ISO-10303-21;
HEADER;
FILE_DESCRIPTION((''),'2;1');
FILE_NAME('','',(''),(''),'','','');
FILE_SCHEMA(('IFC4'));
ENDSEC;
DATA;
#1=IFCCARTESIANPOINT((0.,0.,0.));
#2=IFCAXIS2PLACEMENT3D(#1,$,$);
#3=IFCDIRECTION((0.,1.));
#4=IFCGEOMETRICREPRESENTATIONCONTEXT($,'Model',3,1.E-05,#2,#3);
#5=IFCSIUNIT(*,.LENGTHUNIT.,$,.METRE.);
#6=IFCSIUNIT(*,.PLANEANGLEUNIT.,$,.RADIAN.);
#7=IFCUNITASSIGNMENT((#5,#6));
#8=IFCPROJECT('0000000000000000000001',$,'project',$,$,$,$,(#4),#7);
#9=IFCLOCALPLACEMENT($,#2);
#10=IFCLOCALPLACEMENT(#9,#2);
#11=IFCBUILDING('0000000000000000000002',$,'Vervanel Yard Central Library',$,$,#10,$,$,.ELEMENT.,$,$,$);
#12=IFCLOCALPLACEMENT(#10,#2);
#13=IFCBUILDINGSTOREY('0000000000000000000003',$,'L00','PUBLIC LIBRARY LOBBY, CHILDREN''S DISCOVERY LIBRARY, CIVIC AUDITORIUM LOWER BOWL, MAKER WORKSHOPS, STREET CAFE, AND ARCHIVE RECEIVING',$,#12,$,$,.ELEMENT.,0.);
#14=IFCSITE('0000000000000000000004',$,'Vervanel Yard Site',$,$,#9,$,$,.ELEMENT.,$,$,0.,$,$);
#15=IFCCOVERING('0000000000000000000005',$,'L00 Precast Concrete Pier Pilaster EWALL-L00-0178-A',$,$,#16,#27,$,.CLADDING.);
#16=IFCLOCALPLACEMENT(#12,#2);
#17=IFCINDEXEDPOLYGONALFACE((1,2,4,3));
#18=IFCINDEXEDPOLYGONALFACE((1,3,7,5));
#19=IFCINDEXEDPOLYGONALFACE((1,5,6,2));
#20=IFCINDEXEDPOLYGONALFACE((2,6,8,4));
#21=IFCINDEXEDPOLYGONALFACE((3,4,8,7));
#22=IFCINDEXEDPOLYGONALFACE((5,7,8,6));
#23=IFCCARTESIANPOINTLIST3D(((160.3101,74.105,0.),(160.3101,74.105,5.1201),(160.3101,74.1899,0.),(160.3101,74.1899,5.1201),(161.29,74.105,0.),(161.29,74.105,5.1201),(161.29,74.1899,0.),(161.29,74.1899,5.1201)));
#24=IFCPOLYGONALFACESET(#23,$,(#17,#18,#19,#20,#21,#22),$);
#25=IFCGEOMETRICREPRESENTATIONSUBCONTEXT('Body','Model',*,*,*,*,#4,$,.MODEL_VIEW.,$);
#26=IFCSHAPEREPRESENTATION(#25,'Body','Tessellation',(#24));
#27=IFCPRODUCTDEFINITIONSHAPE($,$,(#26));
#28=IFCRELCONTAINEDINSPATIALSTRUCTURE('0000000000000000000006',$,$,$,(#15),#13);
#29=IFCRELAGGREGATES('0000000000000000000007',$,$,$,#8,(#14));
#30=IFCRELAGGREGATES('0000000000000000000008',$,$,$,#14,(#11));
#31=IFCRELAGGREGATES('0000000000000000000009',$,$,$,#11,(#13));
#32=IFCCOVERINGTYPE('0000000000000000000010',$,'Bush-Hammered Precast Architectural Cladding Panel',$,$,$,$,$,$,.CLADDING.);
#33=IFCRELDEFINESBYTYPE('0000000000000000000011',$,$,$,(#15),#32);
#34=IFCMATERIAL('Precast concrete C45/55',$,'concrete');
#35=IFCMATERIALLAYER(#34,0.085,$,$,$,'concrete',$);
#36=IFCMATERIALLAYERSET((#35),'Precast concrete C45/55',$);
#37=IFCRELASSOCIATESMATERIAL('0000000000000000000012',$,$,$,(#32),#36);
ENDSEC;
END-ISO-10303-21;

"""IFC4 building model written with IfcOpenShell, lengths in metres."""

from ifc_helpers import new_model, si_unit, direction, frame, origin, origin_2d, place, context, subcontext, project, spatial, rectangle, extrude, material, layer, layer_set, type_object, element, save


model = new_model("IFC4")

# Units and contexts
model_context = context("Model", 3, precision=1e-05, world=origin(), true_north=direction((0.0, 1.0)))
body_context = subcontext(model_context, "Body", "Model", "MODEL_VIEW")
ifc_project = project(units=[si_unit("LENGTHUNIT", "METRE"), si_unit("PLANEANGLEUNIT", "RADIAN")], contexts=[model_context])

# Site, building, storey
site_placement = place(None, origin())
site = spatial("IfcSite", under=ifc_project, at=site_placement, Name="Vervanel Yard Site", CompositionType="ELEMENT", RefElevation=0.0)
building_placement = place(site_placement, origin())
building = spatial("IfcBuilding", under=site, at=building_placement, Name="Vervanel Yard Central Library", CompositionType="ELEMENT")
storey_placement = place(building_placement, origin())
storey = spatial("IfcBuildingStorey", under=building, at=storey_placement, Name="L00", Description="PUBLIC LIBRARY LOBBY, CHILDREN'S DISCOVERY LIBRARY, CIVIC AUDITORIUM LOWER BOWL, MAKER WORKSHOPS, STREET CAFE, AND ARCHIVE RECEIVING", CompositionType="ELEMENT", Elevation=0.0)

# Covering
ifc_material_1 = material(Name="Precast concrete C45/55", Category="concrete")
ifc_layer_1 = layer(ifc_material_1, 0.085, Category="concrete")
ifc_layer_set_1 = layer_set([ifc_layer_1], Name="Precast concrete C45/55")
covering_type = type_object("IfcCoveringType", Name="Bush-Hammered Precast Architectural Cladding Panel", PredefinedType="CLADDING", material=ifc_layer_set_1)
covering_placement = place(storey_placement, frame((160.8, 74.1475, 0.0), z_axis=(0.0, 0.0, 1.0), x_axis=(1.0, 0.0, 0.0)))
element("IfcCovering", 1, at=covering_placement, inside=storey, type_object=covering_type, Name="L00 Precast Concrete Pier Pilaster EWALL-L00-0178-A", PredefinedType="CLADDING", context=body_context, shape_type="SweptSolid", body=[
    extrude(rectangle(XDim=0.98, YDim=0.085, at=origin_2d()), origin(), (0.0, 0.0, 1.0), 5.1201),
])

save(model, "model.ifc")
